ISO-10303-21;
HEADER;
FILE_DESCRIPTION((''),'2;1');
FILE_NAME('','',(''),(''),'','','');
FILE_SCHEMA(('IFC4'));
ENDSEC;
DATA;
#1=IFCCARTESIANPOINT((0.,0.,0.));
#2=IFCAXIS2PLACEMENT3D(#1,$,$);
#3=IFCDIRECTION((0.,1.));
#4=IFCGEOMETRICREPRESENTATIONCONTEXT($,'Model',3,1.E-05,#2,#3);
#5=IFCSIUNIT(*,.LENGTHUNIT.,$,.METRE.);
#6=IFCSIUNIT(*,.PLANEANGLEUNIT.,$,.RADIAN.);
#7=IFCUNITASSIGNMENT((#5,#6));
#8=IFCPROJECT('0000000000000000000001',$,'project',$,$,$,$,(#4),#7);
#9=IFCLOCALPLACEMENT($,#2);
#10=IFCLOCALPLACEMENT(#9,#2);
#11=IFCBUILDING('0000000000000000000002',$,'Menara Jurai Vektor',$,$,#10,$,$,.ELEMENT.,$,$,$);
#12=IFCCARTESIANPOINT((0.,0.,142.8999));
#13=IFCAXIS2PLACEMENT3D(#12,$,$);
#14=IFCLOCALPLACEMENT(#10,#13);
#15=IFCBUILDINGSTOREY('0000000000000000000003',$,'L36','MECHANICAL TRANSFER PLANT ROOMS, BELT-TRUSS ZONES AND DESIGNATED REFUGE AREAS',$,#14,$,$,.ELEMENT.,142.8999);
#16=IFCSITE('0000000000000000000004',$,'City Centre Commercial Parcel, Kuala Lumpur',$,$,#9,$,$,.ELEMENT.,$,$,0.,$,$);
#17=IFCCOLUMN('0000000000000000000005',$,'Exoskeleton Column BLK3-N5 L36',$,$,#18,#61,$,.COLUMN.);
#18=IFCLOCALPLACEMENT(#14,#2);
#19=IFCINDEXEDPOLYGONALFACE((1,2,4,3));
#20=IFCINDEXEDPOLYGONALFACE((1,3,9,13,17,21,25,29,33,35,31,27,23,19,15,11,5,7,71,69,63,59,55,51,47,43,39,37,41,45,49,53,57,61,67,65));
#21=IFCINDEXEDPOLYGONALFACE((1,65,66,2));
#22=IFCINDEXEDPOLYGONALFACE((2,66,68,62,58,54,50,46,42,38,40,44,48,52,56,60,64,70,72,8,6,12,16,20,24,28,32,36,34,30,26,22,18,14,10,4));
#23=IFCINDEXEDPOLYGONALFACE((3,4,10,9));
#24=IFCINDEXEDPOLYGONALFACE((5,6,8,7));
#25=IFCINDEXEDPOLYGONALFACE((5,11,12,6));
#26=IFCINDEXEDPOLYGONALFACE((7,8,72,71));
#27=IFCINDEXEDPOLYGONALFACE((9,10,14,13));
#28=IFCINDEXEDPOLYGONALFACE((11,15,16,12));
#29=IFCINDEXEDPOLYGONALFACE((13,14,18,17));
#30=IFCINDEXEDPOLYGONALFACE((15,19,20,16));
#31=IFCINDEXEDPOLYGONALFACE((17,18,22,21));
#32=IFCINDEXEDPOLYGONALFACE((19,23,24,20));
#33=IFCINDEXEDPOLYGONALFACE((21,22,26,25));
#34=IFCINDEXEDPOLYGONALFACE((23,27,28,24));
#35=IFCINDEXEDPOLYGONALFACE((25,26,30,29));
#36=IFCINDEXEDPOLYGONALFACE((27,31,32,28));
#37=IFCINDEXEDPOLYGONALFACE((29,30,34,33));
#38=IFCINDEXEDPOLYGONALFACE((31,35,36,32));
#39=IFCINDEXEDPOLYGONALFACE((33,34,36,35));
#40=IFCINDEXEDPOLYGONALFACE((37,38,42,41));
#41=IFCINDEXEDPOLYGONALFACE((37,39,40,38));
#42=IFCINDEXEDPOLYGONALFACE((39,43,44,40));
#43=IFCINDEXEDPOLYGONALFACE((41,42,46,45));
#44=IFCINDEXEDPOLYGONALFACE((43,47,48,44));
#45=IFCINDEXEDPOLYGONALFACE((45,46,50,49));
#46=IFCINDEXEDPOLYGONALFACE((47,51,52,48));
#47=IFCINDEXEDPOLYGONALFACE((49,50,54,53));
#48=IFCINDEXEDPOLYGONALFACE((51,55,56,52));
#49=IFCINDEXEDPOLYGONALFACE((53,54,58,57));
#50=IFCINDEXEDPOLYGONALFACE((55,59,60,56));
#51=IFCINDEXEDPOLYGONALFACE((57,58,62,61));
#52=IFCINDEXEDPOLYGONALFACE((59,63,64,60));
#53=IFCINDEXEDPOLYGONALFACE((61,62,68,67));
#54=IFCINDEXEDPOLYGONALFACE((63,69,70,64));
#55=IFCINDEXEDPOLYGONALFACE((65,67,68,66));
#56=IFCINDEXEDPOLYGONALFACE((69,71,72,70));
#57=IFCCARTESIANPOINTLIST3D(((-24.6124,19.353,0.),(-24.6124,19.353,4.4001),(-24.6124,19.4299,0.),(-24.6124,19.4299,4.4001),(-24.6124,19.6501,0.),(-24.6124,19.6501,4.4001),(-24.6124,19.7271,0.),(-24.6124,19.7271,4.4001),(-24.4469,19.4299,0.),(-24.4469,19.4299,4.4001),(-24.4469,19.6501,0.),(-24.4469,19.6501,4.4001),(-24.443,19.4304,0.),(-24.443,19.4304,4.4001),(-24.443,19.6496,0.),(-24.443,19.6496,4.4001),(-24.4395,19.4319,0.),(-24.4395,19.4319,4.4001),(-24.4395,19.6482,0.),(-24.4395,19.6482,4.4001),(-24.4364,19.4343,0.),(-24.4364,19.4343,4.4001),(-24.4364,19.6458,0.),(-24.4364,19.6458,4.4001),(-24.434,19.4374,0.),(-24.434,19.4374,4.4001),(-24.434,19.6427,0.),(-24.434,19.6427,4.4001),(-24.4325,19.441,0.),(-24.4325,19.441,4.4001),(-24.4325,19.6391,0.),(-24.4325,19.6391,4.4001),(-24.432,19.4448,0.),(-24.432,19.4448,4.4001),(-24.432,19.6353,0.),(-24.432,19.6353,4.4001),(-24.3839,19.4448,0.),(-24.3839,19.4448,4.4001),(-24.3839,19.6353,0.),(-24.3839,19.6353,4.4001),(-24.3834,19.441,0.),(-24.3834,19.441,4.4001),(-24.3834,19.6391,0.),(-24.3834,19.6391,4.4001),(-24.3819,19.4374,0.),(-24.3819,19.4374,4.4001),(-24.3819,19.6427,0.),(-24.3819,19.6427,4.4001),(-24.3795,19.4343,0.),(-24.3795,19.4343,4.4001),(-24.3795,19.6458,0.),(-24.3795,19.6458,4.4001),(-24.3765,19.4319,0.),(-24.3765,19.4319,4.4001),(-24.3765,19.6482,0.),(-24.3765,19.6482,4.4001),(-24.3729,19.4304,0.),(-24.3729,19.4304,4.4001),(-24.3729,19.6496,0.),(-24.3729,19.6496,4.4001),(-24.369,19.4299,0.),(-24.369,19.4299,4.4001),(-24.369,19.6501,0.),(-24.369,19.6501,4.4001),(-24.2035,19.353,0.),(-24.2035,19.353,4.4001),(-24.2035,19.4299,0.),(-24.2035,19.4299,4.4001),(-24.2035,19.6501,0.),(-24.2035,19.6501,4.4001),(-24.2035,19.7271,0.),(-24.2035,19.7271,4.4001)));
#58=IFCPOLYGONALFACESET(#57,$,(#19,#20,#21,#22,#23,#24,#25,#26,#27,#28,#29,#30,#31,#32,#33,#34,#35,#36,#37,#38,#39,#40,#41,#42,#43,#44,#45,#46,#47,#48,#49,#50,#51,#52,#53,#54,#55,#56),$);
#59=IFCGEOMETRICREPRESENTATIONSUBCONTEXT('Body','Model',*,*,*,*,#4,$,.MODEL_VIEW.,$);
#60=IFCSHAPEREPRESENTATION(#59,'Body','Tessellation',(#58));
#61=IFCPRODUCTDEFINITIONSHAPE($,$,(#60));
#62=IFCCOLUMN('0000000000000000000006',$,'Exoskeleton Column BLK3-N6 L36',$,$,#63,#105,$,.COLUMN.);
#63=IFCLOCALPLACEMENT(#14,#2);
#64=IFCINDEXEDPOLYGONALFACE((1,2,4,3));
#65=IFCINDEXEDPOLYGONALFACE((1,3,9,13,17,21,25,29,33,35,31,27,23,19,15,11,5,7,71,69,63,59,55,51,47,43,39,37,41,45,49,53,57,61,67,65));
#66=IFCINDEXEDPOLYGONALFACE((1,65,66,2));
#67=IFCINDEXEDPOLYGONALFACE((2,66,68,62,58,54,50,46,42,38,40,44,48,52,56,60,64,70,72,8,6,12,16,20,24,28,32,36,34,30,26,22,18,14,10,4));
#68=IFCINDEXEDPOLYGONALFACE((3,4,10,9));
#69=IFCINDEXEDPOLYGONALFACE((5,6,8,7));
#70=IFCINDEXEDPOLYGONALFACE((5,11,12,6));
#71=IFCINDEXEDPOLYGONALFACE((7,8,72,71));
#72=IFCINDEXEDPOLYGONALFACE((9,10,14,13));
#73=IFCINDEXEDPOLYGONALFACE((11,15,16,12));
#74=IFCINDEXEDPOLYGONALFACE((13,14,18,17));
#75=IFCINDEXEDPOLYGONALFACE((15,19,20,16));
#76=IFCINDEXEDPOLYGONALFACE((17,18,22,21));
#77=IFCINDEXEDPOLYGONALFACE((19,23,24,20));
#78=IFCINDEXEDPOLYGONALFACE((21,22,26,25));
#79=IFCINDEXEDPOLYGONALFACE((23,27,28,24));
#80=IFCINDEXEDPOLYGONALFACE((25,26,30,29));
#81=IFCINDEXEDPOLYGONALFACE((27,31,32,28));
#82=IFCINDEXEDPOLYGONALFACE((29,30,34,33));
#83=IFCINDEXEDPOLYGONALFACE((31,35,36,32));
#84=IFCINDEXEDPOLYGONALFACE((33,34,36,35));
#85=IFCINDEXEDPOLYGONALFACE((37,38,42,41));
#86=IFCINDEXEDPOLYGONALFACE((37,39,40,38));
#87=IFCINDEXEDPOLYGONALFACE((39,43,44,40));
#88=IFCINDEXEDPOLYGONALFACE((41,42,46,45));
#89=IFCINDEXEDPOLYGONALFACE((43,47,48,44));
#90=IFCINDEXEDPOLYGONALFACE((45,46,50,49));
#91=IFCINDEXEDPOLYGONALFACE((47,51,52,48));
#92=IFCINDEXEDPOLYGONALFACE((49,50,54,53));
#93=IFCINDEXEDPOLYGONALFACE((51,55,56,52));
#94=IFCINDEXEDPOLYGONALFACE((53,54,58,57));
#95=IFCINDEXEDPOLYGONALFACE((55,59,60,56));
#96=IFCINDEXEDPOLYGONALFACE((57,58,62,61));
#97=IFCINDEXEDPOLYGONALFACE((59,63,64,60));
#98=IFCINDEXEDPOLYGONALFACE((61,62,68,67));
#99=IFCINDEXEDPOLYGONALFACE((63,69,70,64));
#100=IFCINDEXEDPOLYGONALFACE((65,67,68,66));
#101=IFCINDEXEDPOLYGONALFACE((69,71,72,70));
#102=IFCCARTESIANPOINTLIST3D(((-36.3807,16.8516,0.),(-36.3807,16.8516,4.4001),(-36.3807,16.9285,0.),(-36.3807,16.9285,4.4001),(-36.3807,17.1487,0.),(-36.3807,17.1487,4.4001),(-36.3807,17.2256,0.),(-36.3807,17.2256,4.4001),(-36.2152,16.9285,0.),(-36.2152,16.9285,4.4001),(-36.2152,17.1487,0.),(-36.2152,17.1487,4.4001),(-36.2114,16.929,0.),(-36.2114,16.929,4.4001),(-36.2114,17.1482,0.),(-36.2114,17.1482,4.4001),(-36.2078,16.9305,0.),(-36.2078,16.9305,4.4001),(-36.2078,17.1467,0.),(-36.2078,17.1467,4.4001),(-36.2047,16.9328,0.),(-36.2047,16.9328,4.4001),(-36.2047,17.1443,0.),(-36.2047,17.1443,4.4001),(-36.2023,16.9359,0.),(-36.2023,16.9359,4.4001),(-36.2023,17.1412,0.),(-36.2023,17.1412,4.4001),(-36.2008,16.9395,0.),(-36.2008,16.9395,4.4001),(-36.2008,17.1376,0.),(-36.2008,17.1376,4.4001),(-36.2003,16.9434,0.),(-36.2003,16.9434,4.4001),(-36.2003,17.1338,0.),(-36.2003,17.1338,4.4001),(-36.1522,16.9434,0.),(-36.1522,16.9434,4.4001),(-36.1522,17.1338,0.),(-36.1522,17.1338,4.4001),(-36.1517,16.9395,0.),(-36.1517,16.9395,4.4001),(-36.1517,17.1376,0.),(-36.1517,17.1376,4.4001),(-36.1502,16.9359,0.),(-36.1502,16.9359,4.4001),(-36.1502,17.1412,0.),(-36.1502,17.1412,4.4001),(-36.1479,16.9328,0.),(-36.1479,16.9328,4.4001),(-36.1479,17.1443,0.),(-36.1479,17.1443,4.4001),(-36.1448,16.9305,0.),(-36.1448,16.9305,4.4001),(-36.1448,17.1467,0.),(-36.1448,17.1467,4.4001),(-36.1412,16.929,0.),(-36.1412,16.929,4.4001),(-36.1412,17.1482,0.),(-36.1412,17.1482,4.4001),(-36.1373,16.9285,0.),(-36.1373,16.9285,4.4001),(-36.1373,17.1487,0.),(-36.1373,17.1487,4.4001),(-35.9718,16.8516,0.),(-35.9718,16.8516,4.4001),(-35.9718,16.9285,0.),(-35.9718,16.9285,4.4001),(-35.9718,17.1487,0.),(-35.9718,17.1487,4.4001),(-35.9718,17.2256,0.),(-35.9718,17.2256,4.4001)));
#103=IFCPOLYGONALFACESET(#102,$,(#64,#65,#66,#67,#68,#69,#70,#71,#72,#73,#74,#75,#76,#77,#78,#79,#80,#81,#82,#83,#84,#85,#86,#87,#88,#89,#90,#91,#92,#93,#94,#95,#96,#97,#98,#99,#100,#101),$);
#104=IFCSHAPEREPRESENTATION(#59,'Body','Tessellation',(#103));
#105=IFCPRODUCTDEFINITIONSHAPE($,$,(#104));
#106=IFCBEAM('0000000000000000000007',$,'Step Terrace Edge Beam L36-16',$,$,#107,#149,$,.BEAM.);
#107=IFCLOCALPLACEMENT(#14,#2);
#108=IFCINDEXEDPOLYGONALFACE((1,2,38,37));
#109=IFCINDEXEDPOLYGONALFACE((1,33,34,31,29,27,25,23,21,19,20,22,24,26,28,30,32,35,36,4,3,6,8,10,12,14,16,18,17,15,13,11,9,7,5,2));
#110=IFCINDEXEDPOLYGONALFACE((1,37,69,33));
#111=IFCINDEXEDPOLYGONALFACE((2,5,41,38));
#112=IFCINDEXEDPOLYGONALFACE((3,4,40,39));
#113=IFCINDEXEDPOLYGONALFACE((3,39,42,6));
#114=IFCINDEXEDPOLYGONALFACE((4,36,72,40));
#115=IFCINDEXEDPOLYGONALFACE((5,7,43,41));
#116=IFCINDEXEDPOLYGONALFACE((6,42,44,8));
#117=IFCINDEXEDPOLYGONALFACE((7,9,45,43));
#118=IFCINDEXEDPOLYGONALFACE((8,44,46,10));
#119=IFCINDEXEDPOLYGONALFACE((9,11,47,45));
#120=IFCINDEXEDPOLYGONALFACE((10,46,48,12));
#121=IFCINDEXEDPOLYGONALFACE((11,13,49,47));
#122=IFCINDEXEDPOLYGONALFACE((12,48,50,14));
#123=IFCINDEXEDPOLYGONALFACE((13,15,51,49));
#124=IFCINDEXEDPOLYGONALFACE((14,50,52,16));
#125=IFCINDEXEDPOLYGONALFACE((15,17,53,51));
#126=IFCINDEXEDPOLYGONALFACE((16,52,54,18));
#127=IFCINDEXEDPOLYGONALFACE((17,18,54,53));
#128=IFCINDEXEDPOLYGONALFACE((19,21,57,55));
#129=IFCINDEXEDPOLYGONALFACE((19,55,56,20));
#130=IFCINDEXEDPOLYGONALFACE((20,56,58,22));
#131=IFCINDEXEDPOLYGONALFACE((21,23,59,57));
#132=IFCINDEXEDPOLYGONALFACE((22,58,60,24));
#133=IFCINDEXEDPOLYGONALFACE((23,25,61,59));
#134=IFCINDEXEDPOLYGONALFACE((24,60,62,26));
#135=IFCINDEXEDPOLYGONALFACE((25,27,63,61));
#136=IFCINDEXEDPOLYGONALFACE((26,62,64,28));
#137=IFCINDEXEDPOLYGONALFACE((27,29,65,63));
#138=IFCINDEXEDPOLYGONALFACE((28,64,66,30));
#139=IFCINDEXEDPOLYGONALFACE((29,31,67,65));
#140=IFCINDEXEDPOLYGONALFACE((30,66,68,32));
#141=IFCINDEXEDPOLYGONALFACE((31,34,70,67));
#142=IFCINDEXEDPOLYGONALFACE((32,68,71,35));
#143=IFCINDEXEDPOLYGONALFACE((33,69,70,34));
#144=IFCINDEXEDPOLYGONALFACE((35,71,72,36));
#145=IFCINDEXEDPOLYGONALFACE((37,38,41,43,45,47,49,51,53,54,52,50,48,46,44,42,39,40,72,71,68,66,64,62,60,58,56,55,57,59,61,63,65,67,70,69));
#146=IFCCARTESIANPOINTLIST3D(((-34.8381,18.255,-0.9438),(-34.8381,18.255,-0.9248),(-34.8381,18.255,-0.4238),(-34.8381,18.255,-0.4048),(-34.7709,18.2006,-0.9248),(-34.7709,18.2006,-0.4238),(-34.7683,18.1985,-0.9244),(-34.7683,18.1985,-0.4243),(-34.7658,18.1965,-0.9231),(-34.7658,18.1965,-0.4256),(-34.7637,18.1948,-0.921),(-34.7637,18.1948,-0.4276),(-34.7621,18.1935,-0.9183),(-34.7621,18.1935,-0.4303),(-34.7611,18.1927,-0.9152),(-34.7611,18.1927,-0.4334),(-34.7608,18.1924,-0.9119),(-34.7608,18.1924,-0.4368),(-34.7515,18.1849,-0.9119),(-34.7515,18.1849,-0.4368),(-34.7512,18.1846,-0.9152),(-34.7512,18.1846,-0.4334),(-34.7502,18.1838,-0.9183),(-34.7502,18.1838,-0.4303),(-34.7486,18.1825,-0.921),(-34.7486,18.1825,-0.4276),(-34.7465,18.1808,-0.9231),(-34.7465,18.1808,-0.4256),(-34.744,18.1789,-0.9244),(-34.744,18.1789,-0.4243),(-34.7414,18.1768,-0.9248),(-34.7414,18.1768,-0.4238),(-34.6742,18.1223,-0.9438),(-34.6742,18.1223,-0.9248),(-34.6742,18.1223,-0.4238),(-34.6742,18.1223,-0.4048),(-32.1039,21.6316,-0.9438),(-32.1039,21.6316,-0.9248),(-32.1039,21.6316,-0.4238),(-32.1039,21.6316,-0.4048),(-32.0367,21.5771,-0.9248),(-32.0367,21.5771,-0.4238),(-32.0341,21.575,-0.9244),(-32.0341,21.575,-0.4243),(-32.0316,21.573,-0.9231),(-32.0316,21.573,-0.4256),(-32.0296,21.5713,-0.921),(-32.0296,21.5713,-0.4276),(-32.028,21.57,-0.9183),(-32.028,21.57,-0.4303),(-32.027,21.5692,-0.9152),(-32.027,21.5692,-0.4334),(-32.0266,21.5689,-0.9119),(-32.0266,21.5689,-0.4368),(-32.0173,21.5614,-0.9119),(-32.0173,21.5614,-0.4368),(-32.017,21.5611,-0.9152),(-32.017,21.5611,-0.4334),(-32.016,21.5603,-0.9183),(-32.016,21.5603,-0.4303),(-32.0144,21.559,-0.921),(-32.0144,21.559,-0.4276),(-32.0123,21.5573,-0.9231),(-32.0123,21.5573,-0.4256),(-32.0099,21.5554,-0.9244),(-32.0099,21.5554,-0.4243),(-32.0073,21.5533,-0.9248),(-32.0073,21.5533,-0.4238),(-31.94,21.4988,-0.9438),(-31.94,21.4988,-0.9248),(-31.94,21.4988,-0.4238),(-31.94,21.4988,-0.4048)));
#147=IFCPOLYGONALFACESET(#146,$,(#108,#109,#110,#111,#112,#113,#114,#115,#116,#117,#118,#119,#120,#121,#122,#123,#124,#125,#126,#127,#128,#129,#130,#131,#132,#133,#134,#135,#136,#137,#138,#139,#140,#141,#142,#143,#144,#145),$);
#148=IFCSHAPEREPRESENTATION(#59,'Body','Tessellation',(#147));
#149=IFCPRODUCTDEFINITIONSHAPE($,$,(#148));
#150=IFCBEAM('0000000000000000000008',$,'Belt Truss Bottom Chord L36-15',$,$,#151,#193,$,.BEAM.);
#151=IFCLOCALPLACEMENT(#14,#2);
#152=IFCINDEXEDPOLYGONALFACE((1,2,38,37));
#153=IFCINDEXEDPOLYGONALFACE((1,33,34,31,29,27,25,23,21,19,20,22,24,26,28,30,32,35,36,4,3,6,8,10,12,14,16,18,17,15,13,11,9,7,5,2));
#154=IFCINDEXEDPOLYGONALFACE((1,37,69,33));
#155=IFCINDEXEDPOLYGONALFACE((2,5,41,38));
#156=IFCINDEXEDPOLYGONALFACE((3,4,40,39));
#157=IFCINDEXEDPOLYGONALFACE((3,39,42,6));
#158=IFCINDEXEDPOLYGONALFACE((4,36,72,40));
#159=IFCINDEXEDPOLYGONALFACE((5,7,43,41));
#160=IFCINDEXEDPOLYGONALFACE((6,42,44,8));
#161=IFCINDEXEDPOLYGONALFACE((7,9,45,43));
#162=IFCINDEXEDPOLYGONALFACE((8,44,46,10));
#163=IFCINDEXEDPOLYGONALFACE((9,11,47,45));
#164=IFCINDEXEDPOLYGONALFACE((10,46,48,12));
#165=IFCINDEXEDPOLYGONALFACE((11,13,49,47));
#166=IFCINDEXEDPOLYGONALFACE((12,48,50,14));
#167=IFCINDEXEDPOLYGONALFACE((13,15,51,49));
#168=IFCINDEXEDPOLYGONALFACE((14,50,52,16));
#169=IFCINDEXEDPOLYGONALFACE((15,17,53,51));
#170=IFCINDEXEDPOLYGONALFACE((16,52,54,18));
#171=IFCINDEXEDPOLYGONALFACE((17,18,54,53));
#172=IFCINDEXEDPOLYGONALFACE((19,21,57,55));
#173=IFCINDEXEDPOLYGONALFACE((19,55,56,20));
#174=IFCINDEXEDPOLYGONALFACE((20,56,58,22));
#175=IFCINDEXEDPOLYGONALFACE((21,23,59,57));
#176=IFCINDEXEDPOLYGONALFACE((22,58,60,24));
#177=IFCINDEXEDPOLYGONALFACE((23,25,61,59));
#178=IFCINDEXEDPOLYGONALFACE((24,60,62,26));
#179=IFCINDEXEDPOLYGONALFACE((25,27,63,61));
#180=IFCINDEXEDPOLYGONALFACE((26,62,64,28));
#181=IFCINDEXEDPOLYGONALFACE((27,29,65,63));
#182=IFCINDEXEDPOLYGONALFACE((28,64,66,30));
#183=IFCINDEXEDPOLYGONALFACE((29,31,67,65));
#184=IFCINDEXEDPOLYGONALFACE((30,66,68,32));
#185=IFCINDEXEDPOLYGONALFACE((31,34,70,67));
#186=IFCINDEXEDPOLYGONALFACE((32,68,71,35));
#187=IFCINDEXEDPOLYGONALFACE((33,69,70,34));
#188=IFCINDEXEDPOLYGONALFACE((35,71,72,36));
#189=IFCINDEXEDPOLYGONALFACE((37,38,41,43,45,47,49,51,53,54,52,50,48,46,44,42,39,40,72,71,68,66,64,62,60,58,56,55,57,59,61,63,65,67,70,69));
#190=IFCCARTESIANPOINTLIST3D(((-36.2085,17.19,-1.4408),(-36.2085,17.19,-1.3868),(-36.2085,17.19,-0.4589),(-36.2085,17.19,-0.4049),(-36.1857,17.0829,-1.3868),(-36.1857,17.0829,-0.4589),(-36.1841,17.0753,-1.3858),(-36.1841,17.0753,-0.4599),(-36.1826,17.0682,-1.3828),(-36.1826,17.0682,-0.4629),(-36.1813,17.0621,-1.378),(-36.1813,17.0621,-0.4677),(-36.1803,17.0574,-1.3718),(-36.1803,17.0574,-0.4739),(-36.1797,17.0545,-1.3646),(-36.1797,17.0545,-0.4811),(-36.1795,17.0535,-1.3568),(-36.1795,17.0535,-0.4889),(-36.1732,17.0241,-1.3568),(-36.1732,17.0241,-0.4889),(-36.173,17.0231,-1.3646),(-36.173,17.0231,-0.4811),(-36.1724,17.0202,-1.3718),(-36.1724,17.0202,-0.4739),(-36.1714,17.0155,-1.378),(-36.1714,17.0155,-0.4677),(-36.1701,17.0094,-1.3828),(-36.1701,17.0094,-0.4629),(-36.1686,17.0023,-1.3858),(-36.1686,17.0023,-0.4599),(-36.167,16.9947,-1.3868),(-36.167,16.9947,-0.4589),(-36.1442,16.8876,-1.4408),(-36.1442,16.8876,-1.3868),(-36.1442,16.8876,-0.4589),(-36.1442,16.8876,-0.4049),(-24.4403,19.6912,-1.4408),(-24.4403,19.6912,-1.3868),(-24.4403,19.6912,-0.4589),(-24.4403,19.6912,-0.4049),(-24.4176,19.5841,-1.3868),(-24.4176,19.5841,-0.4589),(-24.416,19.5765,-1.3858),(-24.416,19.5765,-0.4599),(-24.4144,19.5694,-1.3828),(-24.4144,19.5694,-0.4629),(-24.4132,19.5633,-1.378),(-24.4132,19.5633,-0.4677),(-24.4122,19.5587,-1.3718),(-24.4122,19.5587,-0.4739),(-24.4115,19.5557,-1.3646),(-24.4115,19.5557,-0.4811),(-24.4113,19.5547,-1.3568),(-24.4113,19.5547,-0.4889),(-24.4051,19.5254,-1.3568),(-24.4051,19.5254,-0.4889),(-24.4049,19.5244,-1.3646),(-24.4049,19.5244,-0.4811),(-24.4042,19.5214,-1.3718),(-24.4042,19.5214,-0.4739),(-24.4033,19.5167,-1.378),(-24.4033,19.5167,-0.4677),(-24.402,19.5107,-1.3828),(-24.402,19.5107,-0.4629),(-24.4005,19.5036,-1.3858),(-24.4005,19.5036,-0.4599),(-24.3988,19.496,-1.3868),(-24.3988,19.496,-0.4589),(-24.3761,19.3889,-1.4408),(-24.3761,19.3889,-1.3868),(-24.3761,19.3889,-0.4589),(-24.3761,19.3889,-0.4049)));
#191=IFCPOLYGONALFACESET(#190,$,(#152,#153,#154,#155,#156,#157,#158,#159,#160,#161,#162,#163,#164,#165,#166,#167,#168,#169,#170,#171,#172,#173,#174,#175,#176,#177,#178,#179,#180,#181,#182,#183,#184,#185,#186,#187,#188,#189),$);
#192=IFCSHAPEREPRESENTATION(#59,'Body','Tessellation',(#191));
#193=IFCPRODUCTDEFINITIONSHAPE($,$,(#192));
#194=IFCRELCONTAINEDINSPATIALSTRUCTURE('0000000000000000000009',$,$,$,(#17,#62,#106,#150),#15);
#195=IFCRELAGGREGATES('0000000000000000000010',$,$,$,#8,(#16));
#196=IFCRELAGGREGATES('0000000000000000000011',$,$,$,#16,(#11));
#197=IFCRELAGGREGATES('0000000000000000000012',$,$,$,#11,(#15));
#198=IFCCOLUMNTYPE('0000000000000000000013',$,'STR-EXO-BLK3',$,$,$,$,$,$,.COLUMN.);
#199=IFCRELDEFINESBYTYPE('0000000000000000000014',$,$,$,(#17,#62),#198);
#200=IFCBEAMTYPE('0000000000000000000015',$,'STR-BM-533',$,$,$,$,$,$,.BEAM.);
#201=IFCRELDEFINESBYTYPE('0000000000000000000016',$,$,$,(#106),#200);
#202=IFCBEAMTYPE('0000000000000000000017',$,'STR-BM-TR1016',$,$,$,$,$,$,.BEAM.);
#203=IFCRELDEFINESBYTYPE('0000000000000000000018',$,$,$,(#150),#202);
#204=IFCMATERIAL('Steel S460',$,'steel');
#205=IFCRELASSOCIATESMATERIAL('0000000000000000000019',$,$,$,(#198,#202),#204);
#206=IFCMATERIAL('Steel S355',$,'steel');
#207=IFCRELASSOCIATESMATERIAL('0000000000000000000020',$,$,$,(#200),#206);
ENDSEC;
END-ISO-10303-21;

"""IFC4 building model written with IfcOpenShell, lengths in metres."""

from ifc_helpers import new_model, si_unit, direction, frame, origin, origin_2d, place, context, subcontext, project, spatial, i_section, extrude, material, material_profile, profile_set, type_object, element, save


model = new_model("IFC4")

# Units and contexts
model_context = context("Model", 3, precision=1e-05, world=origin(), true_north=direction((0.0, 1.0)))
body_context = subcontext(model_context, "Body", "Model", "MODEL_VIEW")
ifc_project = project(units=[si_unit("LENGTHUNIT", "METRE"), si_unit("PLANEANGLEUNIT", "RADIAN")], contexts=[model_context])

# Site, building, storey
site_placement = place(None, origin())
site = spatial("IfcSite", under=ifc_project, at=site_placement, Name="City Centre Commercial Parcel, Kuala Lumpur", CompositionType="ELEMENT", RefElevation=0.0)
building_placement = place(site_placement, origin())
building = spatial("IfcBuilding", under=site, at=building_placement, Name="Menara Jurai Vektor", CompositionType="ELEMENT")
storey_placement = place(building_placement, frame((0.0, 0.0, 142.8999)))
storey = spatial("IfcBuildingStorey", under=building, at=storey_placement, Name="L36", Description="MECHANICAL TRANSFER PLANT ROOMS, BELT-TRUSS ZONES AND DESIGNATED REFUGE AREAS", CompositionType="ELEMENT", Elevation=142.8999)

# Columns
ifc_material_1 = material(Name="Steel S460", Category="steel")
ifc_material_profile_1 = material_profile(ifc_material_1, i_section(OverallWidth=0.4089, OverallDepth=0.374, WebThickness=0.0481, FlangeThickness=0.0769, FilletRadius=0.0149, at=origin_2d()), Name="HD 400x634")
ifc_profile_set_1 = profile_set([ifc_material_profile_1], Name="Steel S460")
column_type = type_object("IfcColumnType", Name="STR-EXO-BLK3", PredefinedType="COLUMN", material=ifc_profile_set_1)
for number, where, z_axis, x_axis, name in (
    (1, (-24.408, 19.54, 0.0), (0.0, 0.0, 1.0), (1.0, 0.0, 0.0), "Exoskeleton Column BLK3-N5 L36"),
    (2, (-36.1763, 17.0386, 0.0), (0.0, 0.0, 1.0), (1.0, 0.0, 0.0), "Exoskeleton Column BLK3-N6 L36"),
):
    element("IfcColumn", number, at=place(storey_placement, frame(where, z_axis=z_axis, x_axis=x_axis)), inside=storey, type_object=column_type, Name=name, PredefinedType="COLUMN", context=body_context, shape_type="SweptSolid", body=[
        extrude(i_section(OverallWidth=0.4089, OverallDepth=0.374, WebThickness=0.0481, FlangeThickness=0.0769, FilletRadius=0.0149, at=origin_2d()), origin(), (0.0, 0.0, 1.0), 4.4001),
    ])

# Beams
ifc_material_2 = material(Name="Steel S355", Category="steel")
ifc_material_profile_2 = material_profile(ifc_material_2, i_section(OverallWidth=0.2109, OverallDepth=0.5391, WebThickness=0.012, FlangeThickness=0.019, FilletRadius=0.0129, at=origin_2d()), Name="UKB 533x210x109")
ifc_profile_set_2 = profile_set([ifc_material_profile_2], Name="Steel S355")
beam_type_1 = type_object("IfcBeamType", Name="STR-BM-533", PredefinedType="BEAM", material=ifc_profile_set_2)
beam_1_placement = place(storey_placement, frame((-32.022, 21.5652, -0.6743), z_axis=(-0.62931, -0.777155, 0.0), x_axis=(0.777155, -0.62931, 0.0)))
element("IfcBeam", 3, at=beam_1_placement, inside=storey, type_object=beam_type_1, Name="Step Terrace Edge Beam L36-16", PredefinedType="BEAM", context=body_context, shape_type="SweptSolid", body=[
    extrude(i_section(OverallWidth=0.2109, OverallDepth=0.5391, WebThickness=0.012, FlangeThickness=0.019, FilletRadius=0.0129, at=origin_2d()), origin(), (0.0, 0.0, 1.0), 4.3447),
])
ifc_material_profile_3 = material_profile(ifc_material_1, i_section(OverallWidth=0.3091, OverallDepth=1.0359, WebThickness=0.03, FlangeThickness=0.054, FilletRadius=0.03, at=origin_2d()), Name="UKB 1016x305x487")
ifc_profile_set_3 = profile_set([ifc_material_profile_3], Name="Steel S460")
beam_type_2 = type_object("IfcBeamType", Name="STR-BM-TR1016", PredefinedType="BEAM", material=ifc_profile_set_3)
beam_2_placement = place(storey_placement, frame((-24.4082, 19.54, -0.9229), z_axis=(-0.97815, -0.207899, 0.0), x_axis=(0.207899, -0.97815, 0.0)))
element("IfcBeam", 4, at=beam_2_placement, inside=storey, type_object=beam_type_2, Name="Belt Truss Bottom Chord L36-15", PredefinedType="BEAM", context=body_context, shape_type="SweptSolid", body=[
    extrude(i_section(OverallWidth=0.3091, OverallDepth=1.0359, WebThickness=0.03, FlangeThickness=0.054, FilletRadius=0.03, at=origin_2d()), origin(), (0.0, 0.0, 1.0), 12.031),
])

save(model, "model.ifc")
